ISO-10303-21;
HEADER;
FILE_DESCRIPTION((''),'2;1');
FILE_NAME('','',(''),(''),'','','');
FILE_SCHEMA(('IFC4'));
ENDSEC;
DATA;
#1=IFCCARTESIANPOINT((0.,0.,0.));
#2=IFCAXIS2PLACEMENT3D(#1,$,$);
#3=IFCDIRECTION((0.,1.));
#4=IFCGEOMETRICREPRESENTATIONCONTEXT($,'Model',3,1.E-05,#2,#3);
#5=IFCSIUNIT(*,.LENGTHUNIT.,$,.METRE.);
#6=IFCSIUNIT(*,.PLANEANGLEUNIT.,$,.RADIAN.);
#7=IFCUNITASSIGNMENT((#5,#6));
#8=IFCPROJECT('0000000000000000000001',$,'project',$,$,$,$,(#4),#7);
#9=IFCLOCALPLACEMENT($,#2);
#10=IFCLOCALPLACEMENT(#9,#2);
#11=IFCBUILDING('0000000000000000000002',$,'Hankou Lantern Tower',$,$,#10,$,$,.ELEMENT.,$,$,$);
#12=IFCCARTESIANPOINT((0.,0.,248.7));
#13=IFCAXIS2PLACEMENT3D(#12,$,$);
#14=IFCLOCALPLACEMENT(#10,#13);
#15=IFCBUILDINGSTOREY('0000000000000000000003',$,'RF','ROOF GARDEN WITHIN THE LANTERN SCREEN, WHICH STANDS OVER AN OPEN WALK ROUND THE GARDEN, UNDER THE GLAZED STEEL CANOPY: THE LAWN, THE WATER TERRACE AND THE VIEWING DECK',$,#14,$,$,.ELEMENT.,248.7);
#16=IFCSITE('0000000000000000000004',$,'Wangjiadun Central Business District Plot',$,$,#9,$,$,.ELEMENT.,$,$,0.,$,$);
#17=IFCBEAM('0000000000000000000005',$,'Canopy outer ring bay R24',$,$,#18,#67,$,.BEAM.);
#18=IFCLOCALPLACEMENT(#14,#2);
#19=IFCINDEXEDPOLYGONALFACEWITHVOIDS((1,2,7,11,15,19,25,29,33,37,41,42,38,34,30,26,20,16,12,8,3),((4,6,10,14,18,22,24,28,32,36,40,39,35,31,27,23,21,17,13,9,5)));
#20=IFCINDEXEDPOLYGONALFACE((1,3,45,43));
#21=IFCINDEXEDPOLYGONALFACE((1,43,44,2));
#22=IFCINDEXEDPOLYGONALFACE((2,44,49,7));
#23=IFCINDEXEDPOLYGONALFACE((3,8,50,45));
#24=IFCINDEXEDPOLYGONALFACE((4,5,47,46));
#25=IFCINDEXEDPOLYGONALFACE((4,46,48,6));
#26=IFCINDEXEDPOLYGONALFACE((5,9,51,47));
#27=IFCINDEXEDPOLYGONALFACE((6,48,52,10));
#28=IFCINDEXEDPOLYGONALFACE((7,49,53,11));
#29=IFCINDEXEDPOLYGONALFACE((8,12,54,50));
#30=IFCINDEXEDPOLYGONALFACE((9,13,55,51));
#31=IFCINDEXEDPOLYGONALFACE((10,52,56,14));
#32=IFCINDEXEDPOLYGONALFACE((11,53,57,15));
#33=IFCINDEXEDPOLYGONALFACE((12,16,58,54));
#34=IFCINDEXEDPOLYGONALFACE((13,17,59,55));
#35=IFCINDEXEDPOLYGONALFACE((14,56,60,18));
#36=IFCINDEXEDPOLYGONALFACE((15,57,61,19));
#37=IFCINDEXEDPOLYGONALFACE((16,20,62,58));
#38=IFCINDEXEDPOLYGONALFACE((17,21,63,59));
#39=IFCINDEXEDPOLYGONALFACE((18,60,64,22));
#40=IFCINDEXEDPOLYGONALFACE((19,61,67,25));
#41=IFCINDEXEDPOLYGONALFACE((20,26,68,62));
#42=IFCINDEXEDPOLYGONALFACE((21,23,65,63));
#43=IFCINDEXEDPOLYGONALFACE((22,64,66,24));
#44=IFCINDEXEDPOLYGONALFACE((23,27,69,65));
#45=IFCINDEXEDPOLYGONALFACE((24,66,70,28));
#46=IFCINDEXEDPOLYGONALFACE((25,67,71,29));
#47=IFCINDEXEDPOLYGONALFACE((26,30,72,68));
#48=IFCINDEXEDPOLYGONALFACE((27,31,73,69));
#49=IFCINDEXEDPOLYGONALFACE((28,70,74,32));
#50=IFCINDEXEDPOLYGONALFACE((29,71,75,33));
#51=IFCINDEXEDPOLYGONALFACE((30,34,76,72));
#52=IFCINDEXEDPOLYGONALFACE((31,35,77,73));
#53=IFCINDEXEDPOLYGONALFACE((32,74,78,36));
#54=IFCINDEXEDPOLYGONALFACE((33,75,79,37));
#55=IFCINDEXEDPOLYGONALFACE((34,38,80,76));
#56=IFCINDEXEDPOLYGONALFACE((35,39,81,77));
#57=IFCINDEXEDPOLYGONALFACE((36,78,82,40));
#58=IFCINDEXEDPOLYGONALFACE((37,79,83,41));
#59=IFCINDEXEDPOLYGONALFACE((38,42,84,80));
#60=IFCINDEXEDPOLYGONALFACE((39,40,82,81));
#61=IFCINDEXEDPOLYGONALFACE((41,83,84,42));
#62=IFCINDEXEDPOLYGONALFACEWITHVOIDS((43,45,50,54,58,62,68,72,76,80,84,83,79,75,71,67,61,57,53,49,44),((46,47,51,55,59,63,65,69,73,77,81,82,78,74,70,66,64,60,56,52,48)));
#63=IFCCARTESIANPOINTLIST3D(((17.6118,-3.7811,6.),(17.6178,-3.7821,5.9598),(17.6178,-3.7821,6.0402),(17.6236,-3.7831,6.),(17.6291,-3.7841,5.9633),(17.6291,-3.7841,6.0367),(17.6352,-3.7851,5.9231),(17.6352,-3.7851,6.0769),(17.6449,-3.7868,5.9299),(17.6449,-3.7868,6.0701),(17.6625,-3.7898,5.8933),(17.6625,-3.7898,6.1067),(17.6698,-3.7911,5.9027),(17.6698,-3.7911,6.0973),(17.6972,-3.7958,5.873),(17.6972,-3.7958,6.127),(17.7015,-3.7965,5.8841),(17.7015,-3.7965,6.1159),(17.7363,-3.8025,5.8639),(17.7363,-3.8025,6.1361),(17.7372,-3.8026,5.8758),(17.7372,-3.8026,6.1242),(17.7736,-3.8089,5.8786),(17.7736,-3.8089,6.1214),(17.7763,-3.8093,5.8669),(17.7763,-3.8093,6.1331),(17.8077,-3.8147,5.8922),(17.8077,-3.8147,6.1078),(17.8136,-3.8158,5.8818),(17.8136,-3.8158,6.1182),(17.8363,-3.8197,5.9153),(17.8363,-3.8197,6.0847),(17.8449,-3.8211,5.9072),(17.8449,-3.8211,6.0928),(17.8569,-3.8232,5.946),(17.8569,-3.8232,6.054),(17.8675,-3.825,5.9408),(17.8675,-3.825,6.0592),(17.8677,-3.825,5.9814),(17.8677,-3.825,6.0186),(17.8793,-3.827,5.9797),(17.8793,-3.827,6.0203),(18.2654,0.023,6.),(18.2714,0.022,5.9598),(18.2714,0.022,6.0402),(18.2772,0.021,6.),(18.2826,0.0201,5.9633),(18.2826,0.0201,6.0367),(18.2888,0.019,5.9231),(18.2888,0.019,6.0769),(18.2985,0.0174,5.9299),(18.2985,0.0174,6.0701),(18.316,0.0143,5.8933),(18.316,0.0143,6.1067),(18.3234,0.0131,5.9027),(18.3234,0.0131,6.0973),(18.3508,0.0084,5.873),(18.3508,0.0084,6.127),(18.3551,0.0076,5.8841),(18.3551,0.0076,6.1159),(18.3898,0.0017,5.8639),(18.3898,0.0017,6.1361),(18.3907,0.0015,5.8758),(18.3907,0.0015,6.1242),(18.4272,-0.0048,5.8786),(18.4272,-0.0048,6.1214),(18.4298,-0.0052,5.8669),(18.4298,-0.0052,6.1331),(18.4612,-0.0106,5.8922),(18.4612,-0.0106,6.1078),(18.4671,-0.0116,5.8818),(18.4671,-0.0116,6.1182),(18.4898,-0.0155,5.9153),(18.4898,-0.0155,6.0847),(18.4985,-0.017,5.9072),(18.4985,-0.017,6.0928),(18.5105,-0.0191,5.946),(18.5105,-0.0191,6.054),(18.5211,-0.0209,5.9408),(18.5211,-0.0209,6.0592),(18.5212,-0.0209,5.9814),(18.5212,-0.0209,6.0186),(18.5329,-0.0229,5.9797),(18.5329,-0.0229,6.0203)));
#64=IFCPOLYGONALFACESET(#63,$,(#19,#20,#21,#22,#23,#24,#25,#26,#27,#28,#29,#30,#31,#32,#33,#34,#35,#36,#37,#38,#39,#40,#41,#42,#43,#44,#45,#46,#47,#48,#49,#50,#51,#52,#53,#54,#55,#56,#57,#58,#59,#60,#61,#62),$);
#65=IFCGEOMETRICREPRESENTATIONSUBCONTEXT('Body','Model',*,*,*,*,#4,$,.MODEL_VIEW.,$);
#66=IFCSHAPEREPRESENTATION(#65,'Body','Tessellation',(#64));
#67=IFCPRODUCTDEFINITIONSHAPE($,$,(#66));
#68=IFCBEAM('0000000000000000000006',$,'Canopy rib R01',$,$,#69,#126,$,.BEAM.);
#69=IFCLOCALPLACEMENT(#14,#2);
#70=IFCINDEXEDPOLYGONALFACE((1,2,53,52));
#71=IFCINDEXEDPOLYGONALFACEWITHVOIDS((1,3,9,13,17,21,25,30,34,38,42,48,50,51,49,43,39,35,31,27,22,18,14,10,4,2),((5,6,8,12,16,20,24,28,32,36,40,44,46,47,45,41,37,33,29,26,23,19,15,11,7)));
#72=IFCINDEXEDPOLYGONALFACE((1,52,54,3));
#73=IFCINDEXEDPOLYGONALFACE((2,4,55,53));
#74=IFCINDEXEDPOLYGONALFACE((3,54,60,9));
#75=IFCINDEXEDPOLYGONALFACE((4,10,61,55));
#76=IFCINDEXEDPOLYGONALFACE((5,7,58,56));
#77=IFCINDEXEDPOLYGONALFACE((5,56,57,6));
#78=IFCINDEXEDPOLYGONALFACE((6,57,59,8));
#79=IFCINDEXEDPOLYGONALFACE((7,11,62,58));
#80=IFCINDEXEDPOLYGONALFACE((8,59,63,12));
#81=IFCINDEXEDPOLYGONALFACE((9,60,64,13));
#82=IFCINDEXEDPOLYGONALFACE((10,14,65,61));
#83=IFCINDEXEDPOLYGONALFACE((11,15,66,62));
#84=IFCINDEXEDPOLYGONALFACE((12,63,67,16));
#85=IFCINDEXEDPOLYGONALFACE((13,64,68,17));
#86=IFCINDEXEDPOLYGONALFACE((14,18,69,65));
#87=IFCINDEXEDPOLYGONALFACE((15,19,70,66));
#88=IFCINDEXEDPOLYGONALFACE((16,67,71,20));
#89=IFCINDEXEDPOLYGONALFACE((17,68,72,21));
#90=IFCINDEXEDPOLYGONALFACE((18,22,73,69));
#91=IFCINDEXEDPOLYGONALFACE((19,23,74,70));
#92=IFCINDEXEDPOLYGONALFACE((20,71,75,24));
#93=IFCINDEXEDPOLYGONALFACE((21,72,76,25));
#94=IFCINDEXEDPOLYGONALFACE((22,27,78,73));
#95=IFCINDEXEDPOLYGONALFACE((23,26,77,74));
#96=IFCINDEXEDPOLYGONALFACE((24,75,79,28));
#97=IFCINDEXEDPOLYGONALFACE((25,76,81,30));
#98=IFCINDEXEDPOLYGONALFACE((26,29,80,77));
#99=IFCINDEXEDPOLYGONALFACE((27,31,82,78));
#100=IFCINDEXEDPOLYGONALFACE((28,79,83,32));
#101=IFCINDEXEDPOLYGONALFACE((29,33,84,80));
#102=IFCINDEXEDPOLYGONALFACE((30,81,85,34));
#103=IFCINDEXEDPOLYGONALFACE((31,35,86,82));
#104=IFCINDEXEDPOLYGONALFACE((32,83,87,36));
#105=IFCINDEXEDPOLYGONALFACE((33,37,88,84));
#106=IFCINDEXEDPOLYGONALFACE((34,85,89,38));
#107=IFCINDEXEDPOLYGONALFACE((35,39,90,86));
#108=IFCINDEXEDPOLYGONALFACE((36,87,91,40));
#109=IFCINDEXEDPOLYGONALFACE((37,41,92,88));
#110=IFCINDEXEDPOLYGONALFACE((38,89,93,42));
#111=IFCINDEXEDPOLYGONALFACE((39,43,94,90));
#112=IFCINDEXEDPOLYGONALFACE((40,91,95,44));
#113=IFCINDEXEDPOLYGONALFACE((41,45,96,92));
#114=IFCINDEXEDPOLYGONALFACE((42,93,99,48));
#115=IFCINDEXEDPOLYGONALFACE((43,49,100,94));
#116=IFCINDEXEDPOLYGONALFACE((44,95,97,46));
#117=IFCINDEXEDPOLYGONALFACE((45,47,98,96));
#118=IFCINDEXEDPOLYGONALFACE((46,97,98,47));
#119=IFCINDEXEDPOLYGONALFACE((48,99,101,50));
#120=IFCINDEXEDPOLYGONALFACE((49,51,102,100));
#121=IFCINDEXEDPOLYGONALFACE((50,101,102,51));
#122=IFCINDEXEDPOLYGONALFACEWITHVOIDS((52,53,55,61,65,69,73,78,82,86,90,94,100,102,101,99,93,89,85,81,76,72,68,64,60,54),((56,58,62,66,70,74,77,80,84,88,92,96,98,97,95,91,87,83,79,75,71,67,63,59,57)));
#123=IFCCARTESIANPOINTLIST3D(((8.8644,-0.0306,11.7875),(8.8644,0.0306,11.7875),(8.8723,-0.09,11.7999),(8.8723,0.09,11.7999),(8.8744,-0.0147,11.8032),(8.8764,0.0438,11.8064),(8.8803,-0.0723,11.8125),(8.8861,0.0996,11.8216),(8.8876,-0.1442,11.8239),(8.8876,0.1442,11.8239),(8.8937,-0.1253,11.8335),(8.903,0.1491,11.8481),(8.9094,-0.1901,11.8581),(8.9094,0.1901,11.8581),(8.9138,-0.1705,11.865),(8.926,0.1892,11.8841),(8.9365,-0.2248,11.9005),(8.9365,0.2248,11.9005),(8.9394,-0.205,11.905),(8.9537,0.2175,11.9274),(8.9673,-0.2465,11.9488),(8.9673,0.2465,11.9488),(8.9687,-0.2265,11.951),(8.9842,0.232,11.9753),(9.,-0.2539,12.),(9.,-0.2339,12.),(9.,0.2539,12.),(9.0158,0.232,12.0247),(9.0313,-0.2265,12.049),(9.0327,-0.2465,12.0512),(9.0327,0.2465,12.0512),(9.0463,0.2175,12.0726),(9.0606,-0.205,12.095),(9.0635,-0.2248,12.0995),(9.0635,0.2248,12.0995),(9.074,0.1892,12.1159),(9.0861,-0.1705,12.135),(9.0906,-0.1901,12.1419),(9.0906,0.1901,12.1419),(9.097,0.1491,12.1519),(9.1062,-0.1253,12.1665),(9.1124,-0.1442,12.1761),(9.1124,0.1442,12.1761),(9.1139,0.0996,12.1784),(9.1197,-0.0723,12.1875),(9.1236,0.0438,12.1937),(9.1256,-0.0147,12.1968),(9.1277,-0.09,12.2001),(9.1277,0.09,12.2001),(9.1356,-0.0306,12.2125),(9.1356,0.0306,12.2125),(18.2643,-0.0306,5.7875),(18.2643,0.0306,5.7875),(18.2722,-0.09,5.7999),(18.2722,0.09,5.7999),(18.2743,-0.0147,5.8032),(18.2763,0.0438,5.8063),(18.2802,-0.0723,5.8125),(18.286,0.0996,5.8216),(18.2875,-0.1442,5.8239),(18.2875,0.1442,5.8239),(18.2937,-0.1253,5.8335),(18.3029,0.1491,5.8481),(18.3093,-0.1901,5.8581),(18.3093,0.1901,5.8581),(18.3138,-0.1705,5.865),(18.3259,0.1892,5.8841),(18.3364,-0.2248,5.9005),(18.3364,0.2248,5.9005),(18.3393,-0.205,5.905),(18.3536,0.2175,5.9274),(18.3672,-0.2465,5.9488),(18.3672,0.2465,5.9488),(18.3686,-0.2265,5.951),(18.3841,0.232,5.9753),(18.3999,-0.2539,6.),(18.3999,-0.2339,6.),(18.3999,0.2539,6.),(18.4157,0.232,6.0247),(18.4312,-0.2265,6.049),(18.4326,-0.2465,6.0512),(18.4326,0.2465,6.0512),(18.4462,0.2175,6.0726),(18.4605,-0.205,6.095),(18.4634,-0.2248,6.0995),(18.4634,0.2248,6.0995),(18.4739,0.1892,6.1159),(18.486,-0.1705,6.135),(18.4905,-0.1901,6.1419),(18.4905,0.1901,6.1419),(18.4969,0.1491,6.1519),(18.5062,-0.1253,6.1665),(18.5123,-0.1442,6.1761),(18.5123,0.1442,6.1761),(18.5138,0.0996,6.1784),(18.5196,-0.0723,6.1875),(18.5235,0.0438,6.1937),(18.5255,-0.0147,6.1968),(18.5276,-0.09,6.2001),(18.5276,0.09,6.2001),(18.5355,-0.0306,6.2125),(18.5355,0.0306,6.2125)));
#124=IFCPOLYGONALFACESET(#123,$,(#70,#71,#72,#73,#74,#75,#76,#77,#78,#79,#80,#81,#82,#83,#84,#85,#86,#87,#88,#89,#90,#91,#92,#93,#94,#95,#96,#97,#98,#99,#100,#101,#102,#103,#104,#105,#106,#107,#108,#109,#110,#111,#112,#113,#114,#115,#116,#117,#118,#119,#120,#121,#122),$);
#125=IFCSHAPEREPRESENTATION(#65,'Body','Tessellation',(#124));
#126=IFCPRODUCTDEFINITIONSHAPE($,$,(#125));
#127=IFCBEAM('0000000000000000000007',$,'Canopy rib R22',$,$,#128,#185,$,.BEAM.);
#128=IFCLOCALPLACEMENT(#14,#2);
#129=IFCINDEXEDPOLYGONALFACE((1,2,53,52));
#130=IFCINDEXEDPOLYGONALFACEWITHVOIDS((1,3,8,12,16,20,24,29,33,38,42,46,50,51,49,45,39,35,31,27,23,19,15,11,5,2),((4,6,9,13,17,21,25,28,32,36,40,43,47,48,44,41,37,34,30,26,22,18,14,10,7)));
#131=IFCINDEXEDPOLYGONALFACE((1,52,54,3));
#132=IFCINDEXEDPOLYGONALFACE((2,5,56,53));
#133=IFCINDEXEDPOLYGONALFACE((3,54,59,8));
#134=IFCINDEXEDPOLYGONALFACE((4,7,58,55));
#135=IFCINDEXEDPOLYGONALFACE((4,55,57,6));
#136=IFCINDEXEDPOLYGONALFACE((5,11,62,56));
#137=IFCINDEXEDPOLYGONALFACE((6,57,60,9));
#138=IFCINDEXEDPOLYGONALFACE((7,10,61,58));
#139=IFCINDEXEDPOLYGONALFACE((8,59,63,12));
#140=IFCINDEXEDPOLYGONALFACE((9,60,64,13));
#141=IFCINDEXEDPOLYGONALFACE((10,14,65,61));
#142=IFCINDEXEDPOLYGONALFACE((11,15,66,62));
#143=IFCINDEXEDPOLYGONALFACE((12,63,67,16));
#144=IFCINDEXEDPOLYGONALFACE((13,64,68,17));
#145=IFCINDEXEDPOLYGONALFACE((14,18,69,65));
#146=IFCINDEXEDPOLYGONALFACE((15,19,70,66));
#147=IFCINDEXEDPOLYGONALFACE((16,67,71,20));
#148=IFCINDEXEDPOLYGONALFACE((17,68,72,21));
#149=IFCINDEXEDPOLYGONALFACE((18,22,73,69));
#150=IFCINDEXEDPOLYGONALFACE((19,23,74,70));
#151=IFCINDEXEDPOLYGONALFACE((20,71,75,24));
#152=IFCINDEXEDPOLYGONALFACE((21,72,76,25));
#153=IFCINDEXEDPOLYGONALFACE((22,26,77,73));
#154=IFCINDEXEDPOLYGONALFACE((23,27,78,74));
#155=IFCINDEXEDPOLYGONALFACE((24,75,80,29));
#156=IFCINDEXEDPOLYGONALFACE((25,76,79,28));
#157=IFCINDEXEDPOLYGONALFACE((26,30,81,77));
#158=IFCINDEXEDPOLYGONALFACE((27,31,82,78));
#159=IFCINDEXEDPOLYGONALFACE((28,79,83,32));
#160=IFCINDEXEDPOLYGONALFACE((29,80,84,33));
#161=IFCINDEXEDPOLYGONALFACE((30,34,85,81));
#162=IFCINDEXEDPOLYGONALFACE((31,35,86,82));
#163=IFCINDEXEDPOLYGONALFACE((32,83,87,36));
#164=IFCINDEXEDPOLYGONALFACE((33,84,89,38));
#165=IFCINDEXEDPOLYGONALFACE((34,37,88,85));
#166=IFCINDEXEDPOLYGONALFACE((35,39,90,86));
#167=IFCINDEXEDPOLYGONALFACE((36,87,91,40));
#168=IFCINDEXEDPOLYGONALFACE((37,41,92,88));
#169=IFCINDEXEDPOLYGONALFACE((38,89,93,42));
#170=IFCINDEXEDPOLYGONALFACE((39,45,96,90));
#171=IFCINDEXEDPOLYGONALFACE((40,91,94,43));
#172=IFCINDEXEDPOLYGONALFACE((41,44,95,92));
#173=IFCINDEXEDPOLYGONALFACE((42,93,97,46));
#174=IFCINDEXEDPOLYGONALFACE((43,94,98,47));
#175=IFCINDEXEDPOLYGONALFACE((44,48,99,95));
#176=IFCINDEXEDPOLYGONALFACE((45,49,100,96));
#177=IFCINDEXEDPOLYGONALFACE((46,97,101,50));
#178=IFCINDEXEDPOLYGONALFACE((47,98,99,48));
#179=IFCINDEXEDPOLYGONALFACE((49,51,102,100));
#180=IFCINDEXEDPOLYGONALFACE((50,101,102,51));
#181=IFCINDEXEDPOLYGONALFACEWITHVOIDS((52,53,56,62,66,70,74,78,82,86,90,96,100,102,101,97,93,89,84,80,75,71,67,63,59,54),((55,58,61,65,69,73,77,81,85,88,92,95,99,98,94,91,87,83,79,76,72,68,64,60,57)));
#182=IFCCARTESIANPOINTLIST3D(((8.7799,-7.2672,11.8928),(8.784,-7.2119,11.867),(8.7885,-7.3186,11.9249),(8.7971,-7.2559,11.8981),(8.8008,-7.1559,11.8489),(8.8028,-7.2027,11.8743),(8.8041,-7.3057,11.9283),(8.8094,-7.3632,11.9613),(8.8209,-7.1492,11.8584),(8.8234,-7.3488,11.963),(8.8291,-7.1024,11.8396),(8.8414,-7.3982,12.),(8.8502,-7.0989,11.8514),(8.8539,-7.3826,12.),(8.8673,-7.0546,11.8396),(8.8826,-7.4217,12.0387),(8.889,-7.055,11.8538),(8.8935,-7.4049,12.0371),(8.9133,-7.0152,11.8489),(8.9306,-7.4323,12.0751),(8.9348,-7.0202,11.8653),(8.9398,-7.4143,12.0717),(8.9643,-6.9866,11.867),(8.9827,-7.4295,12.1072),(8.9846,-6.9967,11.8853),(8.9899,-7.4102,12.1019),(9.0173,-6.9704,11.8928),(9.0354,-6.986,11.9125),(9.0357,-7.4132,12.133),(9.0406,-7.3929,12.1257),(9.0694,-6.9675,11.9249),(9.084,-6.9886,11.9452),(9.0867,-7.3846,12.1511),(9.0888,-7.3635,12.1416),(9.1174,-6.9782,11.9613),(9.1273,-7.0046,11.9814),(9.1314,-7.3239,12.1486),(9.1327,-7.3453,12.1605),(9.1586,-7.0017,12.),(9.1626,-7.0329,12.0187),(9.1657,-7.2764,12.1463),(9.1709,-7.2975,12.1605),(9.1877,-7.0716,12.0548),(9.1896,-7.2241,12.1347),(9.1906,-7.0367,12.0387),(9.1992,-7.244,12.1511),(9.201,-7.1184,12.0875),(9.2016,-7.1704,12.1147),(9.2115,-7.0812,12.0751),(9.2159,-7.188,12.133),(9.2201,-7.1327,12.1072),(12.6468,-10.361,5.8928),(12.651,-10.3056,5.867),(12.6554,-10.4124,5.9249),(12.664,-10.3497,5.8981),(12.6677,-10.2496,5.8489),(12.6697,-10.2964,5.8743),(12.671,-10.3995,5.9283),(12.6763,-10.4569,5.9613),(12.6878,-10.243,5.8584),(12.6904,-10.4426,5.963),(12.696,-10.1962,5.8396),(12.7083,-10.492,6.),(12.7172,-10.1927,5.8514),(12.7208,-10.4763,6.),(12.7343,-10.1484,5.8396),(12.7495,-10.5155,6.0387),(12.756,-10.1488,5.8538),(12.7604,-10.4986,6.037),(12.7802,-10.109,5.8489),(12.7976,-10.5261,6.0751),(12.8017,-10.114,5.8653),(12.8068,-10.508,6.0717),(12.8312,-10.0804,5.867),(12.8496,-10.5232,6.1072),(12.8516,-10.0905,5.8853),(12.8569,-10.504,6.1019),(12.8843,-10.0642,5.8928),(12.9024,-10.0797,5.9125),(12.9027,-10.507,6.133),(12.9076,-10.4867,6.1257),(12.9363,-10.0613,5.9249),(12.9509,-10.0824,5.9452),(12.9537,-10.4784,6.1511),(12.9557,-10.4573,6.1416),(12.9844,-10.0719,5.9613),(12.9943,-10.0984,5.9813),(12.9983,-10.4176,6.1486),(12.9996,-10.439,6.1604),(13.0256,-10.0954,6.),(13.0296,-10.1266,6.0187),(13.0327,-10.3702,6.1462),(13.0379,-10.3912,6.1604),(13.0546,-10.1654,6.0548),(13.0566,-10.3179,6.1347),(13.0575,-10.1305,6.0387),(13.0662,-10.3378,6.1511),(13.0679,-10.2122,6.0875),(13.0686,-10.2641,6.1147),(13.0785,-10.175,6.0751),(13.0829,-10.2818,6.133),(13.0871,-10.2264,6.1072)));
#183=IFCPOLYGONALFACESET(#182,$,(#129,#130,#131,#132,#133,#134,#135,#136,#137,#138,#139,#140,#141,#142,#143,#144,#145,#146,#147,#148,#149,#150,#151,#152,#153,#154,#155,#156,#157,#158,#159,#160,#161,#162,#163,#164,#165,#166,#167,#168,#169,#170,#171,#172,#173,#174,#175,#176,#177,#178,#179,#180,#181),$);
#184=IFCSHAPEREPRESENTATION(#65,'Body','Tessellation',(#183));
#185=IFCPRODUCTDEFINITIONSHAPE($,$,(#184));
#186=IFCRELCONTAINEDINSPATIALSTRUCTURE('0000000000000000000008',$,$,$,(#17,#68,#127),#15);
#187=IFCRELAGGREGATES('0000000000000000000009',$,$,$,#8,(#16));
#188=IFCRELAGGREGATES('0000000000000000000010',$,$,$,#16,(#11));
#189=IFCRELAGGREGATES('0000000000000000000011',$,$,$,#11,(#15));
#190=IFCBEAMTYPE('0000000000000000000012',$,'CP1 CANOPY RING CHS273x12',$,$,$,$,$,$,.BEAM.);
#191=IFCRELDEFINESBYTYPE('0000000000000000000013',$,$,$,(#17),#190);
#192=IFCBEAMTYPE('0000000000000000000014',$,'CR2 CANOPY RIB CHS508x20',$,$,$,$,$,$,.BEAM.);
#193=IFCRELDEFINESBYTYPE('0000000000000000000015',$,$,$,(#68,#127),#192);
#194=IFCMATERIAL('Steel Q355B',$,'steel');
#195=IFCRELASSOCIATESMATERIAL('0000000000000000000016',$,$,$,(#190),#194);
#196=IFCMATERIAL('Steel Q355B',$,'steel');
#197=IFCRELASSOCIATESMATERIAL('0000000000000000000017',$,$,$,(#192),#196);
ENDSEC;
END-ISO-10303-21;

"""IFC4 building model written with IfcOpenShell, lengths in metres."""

from ifc_helpers import new_model, si_unit, direction, frame, origin, origin_2d, place, context, subcontext, project, spatial, hollow_circle, extrude, material, material_profile, profile_set, type_object, element, save


model = new_model("IFC4")

# Units and contexts
model_context = context("Model", 3, precision=1e-05, world=origin(), true_north=direction((0.0, 1.0)))
body_context = subcontext(model_context, "Body", "Model", "MODEL_VIEW")
ifc_project = project(units=[si_unit("LENGTHUNIT", "METRE"), si_unit("PLANEANGLEUNIT", "RADIAN")], contexts=[model_context])

# Site, building, storey
site_placement = place(None, origin())
site = spatial("IfcSite", under=ifc_project, at=site_placement, Name="Wangjiadun Central Business District Plot", CompositionType="ELEMENT", RefElevation=0.0)
building_placement = place(site_placement, origin())
building = spatial("IfcBuilding", under=site, at=building_placement, Name="Hankou Lantern Tower", CompositionType="ELEMENT")
storey_placement = place(building_placement, frame((0.0, 0.0, 248.7)))
storey = spatial("IfcBuildingStorey", under=building, at=storey_placement, Name="RF", Description="ROOF GARDEN WITHIN THE LANTERN SCREEN, WHICH STANDS OVER AN OPEN WALK ROUND THE GARDEN, UNDER THE GLAZED STEEL CANOPY: THE LAWN, THE WATER TERRACE AND THE VIEWING DECK", CompositionType="ELEMENT", Elevation=248.7)

# Beams
ifc_material_1 = material(Name="Steel Q355B", Category="steel")
ifc_material_profile_1 = material_profile(ifc_material_1, hollow_circle(Radius=0.1365, WallThickness=0.012, at=origin_2d()), Name="CHS273x12")
ifc_profile_set_1 = profile_set([ifc_material_profile_1], Name="Steel Q355B")
beam_type_1 = type_object("IfcBeamType", Name="CP1 CANOPY RING CHS273x12", PredefinedType="BEAM", material=ifc_profile_set_1)
beam_1_placement = place(storey_placement, frame((17.7463, -3.8042, 6.0), z_axis=(0.16932, 0.985561, 0.0), x_axis=(-0.985561, 0.16932, 0.0)))
element("IfcBeam", 1, at=beam_1_placement, inside=storey, type_object=beam_type_1, Name="Canopy outer ring bay R24", PredefinedType="BEAM", context=body_context, shape_type="SweptSolid", body=[
    extrude(hollow_circle(Radius=0.1365, WallThickness=0.012, at=origin_2d()), origin(), (0.0, 0.0, 1.0), 3.8599),
])
ifc_material_2 = material(Name="Steel Q355B", Category="steel")
ifc_material_profile_2 = material_profile(ifc_material_2, hollow_circle(Radius=0.2539, WallThickness=0.02, at=origin_2d()), Name="CHS508x20")
ifc_profile_set_2 = profile_set([ifc_material_profile_2], Name="Steel Q355B")
beam_type_2 = type_object("IfcBeamType", Name="CR2 CANOPY RIB CHS508x20", PredefinedType="BEAM", material=ifc_profile_set_2)
beam_2_placement = place(storey_placement, frame((18.3999, 0.0, 6.0), z_axis=(-0.84292, 0.0, 0.538039), x_axis=(0.0, -1.0, 0.0)))
element("IfcBeam", 2, at=beam_2_placement, inside=storey, type_object=beam_type_2, Name="Canopy rib R01", PredefinedType="BEAM", context=body_context, shape_type="SweptSolid", body=[
    extrude(hollow_circle(Radius=0.2539, WallThickness=0.02, at=origin_2d()), origin(), (0.0, 0.0, 1.0), 11.1516),
])
beam_3_placement = place(storey_placement, frame((12.8669, -10.2937, 6.0), z_axis=(-0.497052, 0.397667, 0.771233), x_axis=(-0.624719, -0.78085, 0.0)))
element("IfcBeam", 3, at=beam_3_placement, inside=storey, type_object=beam_type_2, Name="Canopy rib R22", PredefinedType="BEAM", context=body_context, shape_type="SweptSolid", body=[
    extrude(hollow_circle(Radius=0.2539, WallThickness=0.02, at=origin_2d()), origin(), (0.0, 0.0, 1.0), 7.7798),
])

save(model, "model.ifc")
